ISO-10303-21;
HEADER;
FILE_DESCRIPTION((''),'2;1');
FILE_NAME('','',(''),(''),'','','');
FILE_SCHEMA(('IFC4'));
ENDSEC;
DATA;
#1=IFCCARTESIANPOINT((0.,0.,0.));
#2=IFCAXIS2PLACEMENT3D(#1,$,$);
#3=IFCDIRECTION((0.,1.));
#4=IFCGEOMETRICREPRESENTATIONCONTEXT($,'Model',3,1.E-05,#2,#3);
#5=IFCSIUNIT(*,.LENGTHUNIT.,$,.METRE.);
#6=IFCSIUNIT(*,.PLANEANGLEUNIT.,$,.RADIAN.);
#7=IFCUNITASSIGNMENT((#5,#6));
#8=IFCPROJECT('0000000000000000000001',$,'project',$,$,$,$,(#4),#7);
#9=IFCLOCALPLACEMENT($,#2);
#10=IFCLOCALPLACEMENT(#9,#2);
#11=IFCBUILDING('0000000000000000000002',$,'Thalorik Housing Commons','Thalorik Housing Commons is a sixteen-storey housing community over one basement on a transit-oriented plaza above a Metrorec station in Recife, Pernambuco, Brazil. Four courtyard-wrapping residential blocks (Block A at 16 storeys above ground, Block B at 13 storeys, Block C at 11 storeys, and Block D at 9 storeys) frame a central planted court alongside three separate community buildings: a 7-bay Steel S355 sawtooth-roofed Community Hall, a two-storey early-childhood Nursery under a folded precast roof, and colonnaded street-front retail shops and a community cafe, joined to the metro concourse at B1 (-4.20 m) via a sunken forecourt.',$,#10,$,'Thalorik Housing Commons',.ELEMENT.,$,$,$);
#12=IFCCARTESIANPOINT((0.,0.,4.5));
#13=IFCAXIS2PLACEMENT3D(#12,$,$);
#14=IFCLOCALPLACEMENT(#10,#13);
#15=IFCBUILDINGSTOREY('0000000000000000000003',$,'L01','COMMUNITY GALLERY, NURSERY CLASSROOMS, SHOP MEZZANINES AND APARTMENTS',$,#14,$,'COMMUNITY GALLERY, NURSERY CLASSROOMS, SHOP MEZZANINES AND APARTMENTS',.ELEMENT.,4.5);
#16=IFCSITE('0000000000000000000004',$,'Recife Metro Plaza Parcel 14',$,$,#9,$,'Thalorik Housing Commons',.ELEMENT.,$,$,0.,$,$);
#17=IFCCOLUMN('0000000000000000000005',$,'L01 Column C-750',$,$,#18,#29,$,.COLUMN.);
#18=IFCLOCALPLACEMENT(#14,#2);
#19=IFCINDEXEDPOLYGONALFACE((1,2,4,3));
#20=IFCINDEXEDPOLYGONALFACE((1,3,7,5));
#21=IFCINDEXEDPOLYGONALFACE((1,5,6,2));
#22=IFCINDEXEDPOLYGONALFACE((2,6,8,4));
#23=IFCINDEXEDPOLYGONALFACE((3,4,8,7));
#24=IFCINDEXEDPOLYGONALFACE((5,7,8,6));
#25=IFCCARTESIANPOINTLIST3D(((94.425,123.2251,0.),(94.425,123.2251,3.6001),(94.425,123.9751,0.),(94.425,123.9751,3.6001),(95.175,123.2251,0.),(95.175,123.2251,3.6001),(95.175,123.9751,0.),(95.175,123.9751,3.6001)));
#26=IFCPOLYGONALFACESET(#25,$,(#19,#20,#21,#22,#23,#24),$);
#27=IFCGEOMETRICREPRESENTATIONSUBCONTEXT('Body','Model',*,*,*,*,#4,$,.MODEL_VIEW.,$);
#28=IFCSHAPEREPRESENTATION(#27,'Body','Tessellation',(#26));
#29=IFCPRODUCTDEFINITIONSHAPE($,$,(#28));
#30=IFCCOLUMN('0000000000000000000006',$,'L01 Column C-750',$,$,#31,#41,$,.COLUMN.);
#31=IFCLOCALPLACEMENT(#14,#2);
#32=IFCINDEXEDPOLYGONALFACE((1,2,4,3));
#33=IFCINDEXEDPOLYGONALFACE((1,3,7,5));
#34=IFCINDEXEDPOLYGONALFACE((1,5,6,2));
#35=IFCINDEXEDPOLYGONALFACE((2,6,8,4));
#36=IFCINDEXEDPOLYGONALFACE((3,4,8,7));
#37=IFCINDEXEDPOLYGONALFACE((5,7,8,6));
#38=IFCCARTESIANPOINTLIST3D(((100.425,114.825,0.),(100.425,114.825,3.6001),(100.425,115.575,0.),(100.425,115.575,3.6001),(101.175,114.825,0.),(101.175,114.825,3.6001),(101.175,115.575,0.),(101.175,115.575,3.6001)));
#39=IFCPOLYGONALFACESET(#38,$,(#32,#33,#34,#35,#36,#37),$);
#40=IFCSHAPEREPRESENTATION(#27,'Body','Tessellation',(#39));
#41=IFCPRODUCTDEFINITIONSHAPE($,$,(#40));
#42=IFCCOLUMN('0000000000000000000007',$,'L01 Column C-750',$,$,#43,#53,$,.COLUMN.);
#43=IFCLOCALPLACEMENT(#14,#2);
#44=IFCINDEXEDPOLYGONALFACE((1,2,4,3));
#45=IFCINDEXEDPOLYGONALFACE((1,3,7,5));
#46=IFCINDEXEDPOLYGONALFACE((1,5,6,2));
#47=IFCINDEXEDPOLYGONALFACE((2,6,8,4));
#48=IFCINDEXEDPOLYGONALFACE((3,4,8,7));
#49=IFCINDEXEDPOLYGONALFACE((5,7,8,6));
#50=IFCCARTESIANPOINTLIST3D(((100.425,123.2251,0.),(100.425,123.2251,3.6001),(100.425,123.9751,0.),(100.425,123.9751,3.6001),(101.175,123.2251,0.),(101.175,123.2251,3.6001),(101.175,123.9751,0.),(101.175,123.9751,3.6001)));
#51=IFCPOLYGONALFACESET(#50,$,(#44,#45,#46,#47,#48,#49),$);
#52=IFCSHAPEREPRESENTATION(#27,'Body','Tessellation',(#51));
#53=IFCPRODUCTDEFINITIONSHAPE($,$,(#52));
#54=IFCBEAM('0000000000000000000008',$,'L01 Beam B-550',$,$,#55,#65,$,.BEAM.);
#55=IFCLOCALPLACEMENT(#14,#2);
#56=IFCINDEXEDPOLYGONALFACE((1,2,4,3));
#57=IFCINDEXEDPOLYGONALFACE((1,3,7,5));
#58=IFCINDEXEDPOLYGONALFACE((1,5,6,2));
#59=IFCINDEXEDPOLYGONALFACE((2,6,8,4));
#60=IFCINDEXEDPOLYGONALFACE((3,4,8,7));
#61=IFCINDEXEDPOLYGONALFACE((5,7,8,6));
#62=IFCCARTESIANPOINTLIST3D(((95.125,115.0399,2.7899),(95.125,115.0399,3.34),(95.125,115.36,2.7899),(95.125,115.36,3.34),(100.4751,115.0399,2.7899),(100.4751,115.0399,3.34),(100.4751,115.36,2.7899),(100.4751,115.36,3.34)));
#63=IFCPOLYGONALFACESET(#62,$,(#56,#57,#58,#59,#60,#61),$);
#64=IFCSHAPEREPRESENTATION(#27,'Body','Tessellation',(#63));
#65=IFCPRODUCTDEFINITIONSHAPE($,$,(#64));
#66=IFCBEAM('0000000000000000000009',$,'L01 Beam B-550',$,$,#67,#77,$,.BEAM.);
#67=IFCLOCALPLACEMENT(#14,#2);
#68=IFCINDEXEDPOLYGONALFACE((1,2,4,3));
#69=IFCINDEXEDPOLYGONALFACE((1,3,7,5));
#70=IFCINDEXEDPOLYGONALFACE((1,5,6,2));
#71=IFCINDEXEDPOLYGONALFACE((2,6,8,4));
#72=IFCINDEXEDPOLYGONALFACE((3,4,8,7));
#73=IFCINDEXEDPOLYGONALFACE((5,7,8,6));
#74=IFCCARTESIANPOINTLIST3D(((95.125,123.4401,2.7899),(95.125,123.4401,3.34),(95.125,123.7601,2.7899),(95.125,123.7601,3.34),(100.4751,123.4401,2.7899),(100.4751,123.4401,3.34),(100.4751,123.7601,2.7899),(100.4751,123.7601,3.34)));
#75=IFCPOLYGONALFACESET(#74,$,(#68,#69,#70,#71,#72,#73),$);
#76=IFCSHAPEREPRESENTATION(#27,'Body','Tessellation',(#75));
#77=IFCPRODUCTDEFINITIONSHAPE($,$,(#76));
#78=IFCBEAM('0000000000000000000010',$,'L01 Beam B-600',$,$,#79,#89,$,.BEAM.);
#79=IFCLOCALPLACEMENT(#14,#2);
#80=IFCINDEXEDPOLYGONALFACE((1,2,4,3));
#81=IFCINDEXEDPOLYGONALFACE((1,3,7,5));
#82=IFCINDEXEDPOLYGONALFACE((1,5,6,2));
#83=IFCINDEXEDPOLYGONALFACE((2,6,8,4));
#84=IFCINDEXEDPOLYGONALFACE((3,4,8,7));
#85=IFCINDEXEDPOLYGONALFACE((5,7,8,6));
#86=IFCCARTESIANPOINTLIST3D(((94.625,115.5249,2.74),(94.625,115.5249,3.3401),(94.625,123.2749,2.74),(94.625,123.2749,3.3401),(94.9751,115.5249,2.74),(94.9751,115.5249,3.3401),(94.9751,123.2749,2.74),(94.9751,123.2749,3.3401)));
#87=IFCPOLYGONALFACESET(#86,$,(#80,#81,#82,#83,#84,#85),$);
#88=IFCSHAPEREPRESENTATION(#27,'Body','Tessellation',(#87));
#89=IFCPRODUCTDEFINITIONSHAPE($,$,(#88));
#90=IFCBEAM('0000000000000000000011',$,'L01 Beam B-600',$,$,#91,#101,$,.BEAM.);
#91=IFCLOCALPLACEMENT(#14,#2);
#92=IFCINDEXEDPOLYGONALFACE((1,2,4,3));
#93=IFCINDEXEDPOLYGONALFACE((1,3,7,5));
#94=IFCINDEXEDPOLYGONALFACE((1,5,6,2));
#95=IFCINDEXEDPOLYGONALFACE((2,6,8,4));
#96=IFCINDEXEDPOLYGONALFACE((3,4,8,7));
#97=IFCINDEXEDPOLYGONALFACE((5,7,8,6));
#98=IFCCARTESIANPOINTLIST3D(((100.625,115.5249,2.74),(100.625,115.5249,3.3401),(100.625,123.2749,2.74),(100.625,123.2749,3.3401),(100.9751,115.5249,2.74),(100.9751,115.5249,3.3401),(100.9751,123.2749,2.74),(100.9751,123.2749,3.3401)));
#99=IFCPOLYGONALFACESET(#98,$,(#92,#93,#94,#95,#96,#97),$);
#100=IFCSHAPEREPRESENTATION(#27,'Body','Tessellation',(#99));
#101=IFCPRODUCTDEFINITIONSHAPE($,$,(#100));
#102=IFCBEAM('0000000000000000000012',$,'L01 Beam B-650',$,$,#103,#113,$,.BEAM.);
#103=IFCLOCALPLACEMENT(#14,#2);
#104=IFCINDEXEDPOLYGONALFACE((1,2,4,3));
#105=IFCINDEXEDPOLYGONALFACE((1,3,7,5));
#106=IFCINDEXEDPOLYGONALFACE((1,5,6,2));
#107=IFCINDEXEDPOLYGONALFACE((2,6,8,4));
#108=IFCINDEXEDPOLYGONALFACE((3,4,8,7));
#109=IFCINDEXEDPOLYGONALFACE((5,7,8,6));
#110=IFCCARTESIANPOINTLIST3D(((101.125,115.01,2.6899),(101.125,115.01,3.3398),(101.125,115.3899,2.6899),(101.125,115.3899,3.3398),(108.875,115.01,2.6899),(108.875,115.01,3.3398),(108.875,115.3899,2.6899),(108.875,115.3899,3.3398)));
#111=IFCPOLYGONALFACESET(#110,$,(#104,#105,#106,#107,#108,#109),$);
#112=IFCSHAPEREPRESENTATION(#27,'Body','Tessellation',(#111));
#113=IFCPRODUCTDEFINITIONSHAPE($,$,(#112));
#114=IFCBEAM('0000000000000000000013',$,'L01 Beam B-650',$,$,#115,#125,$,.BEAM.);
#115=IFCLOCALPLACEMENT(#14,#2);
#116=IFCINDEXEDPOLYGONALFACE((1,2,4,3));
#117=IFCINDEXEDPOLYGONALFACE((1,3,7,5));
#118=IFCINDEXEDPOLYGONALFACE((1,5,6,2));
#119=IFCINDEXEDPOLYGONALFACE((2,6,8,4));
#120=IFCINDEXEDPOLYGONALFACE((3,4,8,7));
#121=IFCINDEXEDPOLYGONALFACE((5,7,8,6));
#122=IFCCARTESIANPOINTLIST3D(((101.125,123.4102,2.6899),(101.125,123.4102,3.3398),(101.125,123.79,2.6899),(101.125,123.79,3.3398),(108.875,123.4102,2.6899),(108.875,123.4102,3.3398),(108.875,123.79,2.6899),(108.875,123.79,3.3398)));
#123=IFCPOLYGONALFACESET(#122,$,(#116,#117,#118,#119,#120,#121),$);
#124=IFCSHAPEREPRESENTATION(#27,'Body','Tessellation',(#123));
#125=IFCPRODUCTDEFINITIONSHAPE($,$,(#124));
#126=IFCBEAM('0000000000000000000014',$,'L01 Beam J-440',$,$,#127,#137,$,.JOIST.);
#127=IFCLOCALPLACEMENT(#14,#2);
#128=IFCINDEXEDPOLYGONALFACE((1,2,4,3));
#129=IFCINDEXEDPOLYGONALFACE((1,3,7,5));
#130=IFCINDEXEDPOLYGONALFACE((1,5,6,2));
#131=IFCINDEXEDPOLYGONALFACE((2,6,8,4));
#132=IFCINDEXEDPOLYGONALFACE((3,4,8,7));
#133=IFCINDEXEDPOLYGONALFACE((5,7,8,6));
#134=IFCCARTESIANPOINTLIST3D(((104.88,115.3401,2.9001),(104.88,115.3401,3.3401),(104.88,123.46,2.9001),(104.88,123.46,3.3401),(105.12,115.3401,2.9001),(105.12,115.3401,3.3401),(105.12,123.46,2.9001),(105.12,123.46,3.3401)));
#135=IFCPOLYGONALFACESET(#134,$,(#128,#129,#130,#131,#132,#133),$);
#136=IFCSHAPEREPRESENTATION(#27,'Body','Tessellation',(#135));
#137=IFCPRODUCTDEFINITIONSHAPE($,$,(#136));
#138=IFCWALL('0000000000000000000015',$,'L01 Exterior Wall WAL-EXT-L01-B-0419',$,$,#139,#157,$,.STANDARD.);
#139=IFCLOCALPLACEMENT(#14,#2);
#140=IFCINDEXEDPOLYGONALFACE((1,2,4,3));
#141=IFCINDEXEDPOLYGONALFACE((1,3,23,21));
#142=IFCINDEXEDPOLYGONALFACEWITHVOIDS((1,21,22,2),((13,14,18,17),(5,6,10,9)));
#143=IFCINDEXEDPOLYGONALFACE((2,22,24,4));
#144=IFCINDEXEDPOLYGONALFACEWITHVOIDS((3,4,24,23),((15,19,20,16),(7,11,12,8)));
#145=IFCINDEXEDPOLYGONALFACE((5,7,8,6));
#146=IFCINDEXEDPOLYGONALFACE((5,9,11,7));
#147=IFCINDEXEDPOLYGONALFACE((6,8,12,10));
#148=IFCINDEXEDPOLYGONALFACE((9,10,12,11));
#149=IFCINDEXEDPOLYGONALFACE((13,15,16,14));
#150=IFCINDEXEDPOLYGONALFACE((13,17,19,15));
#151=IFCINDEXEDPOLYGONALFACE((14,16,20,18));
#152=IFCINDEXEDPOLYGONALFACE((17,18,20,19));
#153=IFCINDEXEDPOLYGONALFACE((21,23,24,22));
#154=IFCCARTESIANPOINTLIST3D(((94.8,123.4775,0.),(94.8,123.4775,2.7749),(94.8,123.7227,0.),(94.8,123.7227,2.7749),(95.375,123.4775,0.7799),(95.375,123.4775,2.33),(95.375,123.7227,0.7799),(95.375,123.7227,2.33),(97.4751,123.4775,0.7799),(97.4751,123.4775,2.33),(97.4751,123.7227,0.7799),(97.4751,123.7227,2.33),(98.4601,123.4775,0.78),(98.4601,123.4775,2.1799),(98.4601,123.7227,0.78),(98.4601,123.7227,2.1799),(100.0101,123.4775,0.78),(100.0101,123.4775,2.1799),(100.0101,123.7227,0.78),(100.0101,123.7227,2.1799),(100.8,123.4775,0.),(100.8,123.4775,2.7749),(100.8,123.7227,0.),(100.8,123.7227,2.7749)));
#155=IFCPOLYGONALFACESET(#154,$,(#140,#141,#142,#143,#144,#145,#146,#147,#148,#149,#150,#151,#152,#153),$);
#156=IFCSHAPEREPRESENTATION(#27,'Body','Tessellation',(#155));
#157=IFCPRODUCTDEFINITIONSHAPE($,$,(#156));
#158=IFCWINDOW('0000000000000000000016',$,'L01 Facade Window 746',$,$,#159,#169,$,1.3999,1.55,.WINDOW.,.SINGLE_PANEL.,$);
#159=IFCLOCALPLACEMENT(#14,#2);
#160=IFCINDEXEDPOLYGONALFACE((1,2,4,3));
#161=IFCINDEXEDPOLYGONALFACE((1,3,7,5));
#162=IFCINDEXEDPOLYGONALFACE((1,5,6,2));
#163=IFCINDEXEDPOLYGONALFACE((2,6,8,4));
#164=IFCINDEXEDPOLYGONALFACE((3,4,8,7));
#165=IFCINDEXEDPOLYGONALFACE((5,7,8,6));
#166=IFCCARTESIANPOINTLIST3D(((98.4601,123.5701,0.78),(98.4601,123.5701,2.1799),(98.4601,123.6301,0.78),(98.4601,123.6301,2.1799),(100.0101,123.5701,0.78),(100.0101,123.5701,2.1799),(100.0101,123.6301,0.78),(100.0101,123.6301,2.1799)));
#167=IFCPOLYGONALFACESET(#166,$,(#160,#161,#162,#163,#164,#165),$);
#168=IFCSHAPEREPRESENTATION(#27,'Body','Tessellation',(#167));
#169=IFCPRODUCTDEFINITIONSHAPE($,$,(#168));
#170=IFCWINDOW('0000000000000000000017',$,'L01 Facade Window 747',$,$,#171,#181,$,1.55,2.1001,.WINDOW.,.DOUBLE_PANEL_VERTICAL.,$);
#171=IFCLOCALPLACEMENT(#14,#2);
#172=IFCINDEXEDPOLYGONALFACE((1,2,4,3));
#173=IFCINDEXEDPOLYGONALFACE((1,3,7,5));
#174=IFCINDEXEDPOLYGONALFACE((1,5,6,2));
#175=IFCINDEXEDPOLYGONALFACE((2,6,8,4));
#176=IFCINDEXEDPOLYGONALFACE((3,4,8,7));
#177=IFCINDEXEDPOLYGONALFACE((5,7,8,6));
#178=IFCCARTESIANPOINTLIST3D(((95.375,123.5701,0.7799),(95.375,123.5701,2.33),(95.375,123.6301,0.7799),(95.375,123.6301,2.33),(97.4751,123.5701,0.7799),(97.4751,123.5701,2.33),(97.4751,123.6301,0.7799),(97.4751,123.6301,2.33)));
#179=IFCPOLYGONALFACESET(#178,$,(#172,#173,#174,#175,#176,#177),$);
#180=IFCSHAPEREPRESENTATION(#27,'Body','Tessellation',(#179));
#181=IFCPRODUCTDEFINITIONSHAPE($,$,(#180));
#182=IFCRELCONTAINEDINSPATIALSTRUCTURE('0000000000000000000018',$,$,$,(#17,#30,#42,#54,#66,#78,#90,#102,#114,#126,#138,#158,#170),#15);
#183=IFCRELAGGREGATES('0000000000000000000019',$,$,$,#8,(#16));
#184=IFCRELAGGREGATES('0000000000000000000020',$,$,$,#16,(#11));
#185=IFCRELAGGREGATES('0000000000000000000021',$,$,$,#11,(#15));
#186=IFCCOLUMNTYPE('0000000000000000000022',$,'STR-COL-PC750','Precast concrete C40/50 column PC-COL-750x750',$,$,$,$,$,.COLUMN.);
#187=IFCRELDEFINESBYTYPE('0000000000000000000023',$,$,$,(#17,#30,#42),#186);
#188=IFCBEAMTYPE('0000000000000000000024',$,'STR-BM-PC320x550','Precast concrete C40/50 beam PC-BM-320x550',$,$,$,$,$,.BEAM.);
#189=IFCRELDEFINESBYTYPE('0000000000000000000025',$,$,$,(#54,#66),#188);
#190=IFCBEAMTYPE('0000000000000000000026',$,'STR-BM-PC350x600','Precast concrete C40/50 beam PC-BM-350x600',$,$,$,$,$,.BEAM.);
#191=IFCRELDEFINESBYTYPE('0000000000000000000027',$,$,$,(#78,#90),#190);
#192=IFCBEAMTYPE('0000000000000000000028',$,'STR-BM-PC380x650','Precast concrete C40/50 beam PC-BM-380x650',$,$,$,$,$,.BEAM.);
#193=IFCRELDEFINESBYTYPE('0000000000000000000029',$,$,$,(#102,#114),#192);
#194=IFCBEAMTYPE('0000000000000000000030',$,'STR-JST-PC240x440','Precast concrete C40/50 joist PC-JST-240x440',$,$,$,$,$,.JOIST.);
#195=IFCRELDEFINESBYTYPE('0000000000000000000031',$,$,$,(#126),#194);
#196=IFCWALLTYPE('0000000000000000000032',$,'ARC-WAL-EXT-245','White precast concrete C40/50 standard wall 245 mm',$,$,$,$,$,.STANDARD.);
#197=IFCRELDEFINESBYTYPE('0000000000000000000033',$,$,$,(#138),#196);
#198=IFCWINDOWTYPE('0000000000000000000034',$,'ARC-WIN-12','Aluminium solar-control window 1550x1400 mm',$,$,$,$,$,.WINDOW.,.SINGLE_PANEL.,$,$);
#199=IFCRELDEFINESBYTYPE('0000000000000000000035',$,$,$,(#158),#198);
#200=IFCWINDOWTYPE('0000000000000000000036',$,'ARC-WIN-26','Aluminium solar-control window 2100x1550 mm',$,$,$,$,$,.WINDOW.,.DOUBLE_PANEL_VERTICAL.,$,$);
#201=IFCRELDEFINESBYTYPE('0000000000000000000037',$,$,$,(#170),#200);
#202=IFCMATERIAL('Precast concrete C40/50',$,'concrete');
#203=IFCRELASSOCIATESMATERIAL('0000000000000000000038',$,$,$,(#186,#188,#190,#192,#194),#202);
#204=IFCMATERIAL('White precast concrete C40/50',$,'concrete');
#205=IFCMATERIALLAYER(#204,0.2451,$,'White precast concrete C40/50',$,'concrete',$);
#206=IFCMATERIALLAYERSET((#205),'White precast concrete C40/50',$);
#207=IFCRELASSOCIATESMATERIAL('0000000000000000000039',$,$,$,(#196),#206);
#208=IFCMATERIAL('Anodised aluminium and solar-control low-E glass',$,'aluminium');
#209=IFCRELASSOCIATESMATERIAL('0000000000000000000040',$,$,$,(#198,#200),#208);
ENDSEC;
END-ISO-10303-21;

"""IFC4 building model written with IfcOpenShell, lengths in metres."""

from ifc_helpers import new_model, si_unit, direction, frame, frame_2d, origin, origin_2d, place, context, subcontext, project, spatial, rectangle, extrude, material, layer, layer_set, material_profile, profile_set, type_object, element, fill, save


model = new_model("IFC4")

# Units and contexts
model_context = context("Model", 3, precision=1e-05, world=origin(), true_north=direction((0.0, 1.0)))
body_context = subcontext(model_context, "Body", "Model", "MODEL_VIEW")
ifc_project = project(units=[si_unit("LENGTHUNIT", "METRE"), si_unit("PLANEANGLEUNIT", "RADIAN")], contexts=[model_context])

# Site, building, storey
site_placement = place(None, origin())
site = spatial("IfcSite", under=ifc_project, at=site_placement, Name="Recife Metro Plaza Parcel 14", LongName="Thalorik Housing Commons", CompositionType="ELEMENT", RefElevation=0.0)
building_placement = place(site_placement, origin())
building = spatial("IfcBuilding", under=site, at=building_placement, Name="Thalorik Housing Commons", Description="Thalorik Housing Commons is a sixteen-storey housing community over one basement on a transit-oriented plaza above a Metrorec station in Recife, Pernambuco, Brazil. Four courtyard-wrapping residential blocks (Block A at 16 storeys above ground, Block B at 13 storeys, Block C at 11 storeys, and Block D at 9 storeys) frame a central planted court alongside three separate community buildings: a 7-bay Steel S355 sawtooth-roofed Community Hall, a two-storey early-childhood Nursery under a folded precast roof, and colonnaded street-front retail shops and a community cafe, joined to the metro concourse at B1 (-4.20 m) via a sunken forecourt.", LongName="Thalorik Housing Commons", CompositionType="ELEMENT")
storey_placement = place(building_placement, frame((0.0, 0.0, 4.5)))
storey = spatial("IfcBuildingStorey", under=building, at=storey_placement, Name="L01", Description="COMMUNITY GALLERY, NURSERY CLASSROOMS, SHOP MEZZANINES AND APARTMENTS", LongName="COMMUNITY GALLERY, NURSERY CLASSROOMS, SHOP MEZZANINES AND APARTMENTS", CompositionType="ELEMENT", Elevation=4.5)

# Columns
ifc_material_1 = material(Name="Precast concrete C40/50", Category="concrete")
ifc_material_profile_1 = material_profile(ifc_material_1, rectangle(XDim=0.75, YDim=0.75, at=origin_2d()), Name="PC 750x750", Category="concrete")
ifc_profile_set_1 = profile_set([ifc_material_profile_1], Name="Precast concrete C40/50")
column_type = type_object("IfcColumnType", Name="STR-COL-PC750", Description="Precast concrete C40/50 column PC-COL-750x750", PredefinedType="COLUMN", material=ifc_profile_set_1)
for number, where, z_axis, x_axis, name in (
    (1, (94.8, 123.6001, 0.0), (0.0, 0.0, 1.0), (1.0, 0.0, 0.0), "L01 Column C-750"),
    (2, (100.8, 115.2, 0.0), (0.0, 0.0, 1.0), (1.0, 0.0, 0.0), "L01 Column C-750"),
    (3, (100.8, 123.6001, 0.0), (0.0, 0.0, 1.0), (1.0, 0.0, 0.0), "L01 Column C-750"),
):
    element("IfcColumn", number, at=place(storey_placement, frame(where, z_axis=z_axis, x_axis=x_axis)), inside=storey, type_object=column_type, Name=name, PredefinedType="COLUMN", context=body_context, shape_type="SweptSolid", body=[
        extrude(rectangle(XDim=0.75, YDim=0.75, at=origin_2d()), origin(), (0.0, 0.0, 1.0), 3.6001),
    ])

# Beams
ifc_material_profile_2 = material_profile(ifc_material_1, rectangle(XDim=0.3201, YDim=0.55, at=origin_2d()), Name="PC 320x550", Category="concrete")
ifc_profile_set_2 = profile_set([ifc_material_profile_2], Name="Precast concrete C40/50")
beam_type_1 = type_object("IfcBeamType", Name="STR-BM-PC320x550", Description="Precast concrete C40/50 beam PC-BM-320x550", PredefinedType="BEAM", material=ifc_profile_set_2)
for number, where, z_axis, x_axis, name in (
    (4, (95.125, 115.2, 3.0649), (1.0, 0.0, 0.0), (0.0, 1.0, 0.0), "L01 Beam B-550"),
    (5, (95.125, 123.6001, 3.0649), (1.0, 0.0, 0.0), (0.0, 1.0, 0.0), "L01 Beam B-550"),
):
    element("IfcBeam", number, at=place(storey_placement, frame(where, z_axis=z_axis, x_axis=x_axis)), inside=storey, type_object=beam_type_1, Name=name, PredefinedType="BEAM", context=body_context, shape_type="SweptSolid", body=[
        extrude(rectangle(XDim=0.3201, YDim=0.55, at=origin_2d()), origin(), (0.0, 0.0, 1.0), 5.3501),
    ])
ifc_material_profile_3 = material_profile(ifc_material_1, rectangle(XDim=0.3501, YDim=0.6001, at=origin_2d()), Name="PC 350x600", Category="concrete")
ifc_profile_set_3 = profile_set([ifc_material_profile_3], Name="Precast concrete C40/50")
beam_type_2 = type_object("IfcBeamType", Name="STR-BM-PC350x600", Description="Precast concrete C40/50 beam PC-BM-350x600", PredefinedType="BEAM", material=ifc_profile_set_3)
for number, where, z_axis, x_axis, name in (
    (6, (94.8, 115.5249, 3.04), (0.0, 1.0, 0.0), (-1.0, 0.0, 0.0), "L01 Beam B-600"),
    (7, (100.8, 115.5249, 3.04), (0.0, 1.0, 0.0), (-1.0, 0.0, 0.0), "L01 Beam B-600"),
):
    element("IfcBeam", number, at=place(storey_placement, frame(where, z_axis=z_axis, x_axis=x_axis)), inside=storey, type_object=beam_type_2, Name=name, PredefinedType="BEAM", context=body_context, shape_type="SweptSolid", body=[
        extrude(rectangle(XDim=0.3501, YDim=0.6001, at=origin_2d()), origin(), (0.0, 0.0, 1.0), 7.75),
    ])
ifc_material_profile_4 = material_profile(ifc_material_1, rectangle(XDim=0.3799, YDim=0.6499, at=origin_2d()), Name="PC 380x650", Category="concrete")
ifc_profile_set_4 = profile_set([ifc_material_profile_4], Name="Precast concrete C40/50")
beam_type_3 = type_object("IfcBeamType", Name="STR-BM-PC380x650", Description="Precast concrete C40/50 beam PC-BM-380x650", PredefinedType="BEAM", material=ifc_profile_set_4)
for number, where, z_axis, x_axis, name in (
    (8, (101.125, 115.2, 3.0149), (1.0, 0.0, 0.0), (0.0, 1.0, 0.0), "L01 Beam B-650"),
    (9, (101.125, 123.6001, 3.0149), (1.0, 0.0, 0.0), (0.0, 1.0, 0.0), "L01 Beam B-650"),
):
    element("IfcBeam", number, at=place(storey_placement, frame(where, z_axis=z_axis, x_axis=x_axis)), inside=storey, type_object=beam_type_3, Name=name, PredefinedType="BEAM", context=body_context, shape_type="SweptSolid", body=[
        extrude(rectangle(XDim=0.3799, YDim=0.6499, at=origin_2d()), origin(), (0.0, 0.0, 1.0), 7.75),
    ])
ifc_material_profile_5 = material_profile(ifc_material_1, rectangle(XDim=0.24, YDim=0.4399, at=origin_2d()), Name="PC JST 240x440", Category="concrete")
ifc_profile_set_5 = profile_set([ifc_material_profile_5], Name="Precast concrete C40/50")
beam_type_4 = type_object("IfcBeamType", Name="STR-JST-PC240x440", Description="Precast concrete C40/50 joist PC-JST-240x440", PredefinedType="JOIST", material=ifc_profile_set_5)
beam_placement = place(storey_placement, frame((105.0, 115.3401, 3.1201), z_axis=(0.0, 1.0, 0.0), x_axis=(-1.0, 0.0, 0.0)))
element("IfcBeam", 10, at=beam_placement, inside=storey, type_object=beam_type_4, Name="L01 Beam J-440", PredefinedType="JOIST", context=body_context, shape_type="SweptSolid", body=[
    extrude(rectangle(XDim=0.24, YDim=0.4399, at=origin_2d()), origin(), (0.0, 0.0, 1.0), 8.1199),
])

# Wall, openings, windows
ifc_material_2 = material(Name="White precast concrete C40/50", Category="concrete")
ifc_layer_1 = layer(ifc_material_2, 0.2451, Name="White precast concrete C40/50", Category="concrete")
ifc_layer_set_1 = layer_set([ifc_layer_1], Name="White precast concrete C40/50")
wall_type_1 = type_object("IfcWallType", Name="ARC-WAL-EXT-245", Description="White precast concrete C40/50 standard wall 245 mm", PredefinedType="STANDARD", material=ifc_layer_set_1)
wall_1_placement = place(storey_placement, frame((100.8, 123.6001, 0.0), z_axis=(0.0, 0.0, 1.0), x_axis=(-1.0, 0.0, 0.0)))
wall_1 = element("IfcWall", 11, at=wall_1_placement, inside=storey, type_object=wall_type_1, Name="L01 Exterior Wall WAL-EXT-L01-B-0419", PredefinedType="STANDARD", context=body_context, shape_type="SweptSolid", body=[
    extrude(rectangle(XDim=6.0, YDim=0.2451, at=frame_2d((3.0, 0.0))), origin(), (0.0, 0.0, 1.0), 2.7749),
])
opening_1_placement = place(wall_1_placement, frame((0.79, 0.0, 0.78)))
opening_1 = element("IfcOpeningElement", 12, at=opening_1_placement, cuts=wall_1, PredefinedType="OPENING", context=body_context, shape_type="SweptSolid", body=[
    extrude(rectangle(XDim=1.55, YDim=1.3999, at=frame_2d((0.7749, 0.7))), frame((0.0, 0.1326, 0.0), z_axis=(0.0, -1.0, 0.0), x_axis=(1.0, 0.0, 0.0)), (0.0, 0.0, 1.0), 0.2651),
])
opening_2_placement = place(wall_1_placement, frame((3.325, 0.0, 0.78)))
opening_2 = element("IfcOpeningElement", 13, at=opening_2_placement, cuts=wall_1, PredefinedType="OPENING", context=body_context, shape_type="SweptSolid", body=[
    extrude(rectangle(XDim=2.1001, YDim=1.55, at=frame_2d((1.05, 0.7749))), frame((0.0, 0.1326, 0.0), z_axis=(0.0, -1.0, 0.0), x_axis=(1.0, 0.0, 0.0)), (0.0, 0.0, 1.0), 0.2651),
])
ifc_material_3 = material(Name="Anodised aluminium and solar-control low-E glass", Category="aluminium")
window_type_1 = type_object("IfcWindowType", Name="ARC-WIN-12", Description="Aluminium solar-control window 1550x1400 mm", PartitioningType="SINGLE_PANEL", PredefinedType="WINDOW", material=ifc_material_3)
window_1_placement = place(opening_1_placement, origin())
window_1 = element("IfcWindow", 14, at=window_1_placement, inside=storey, type_object=window_type_1, Name="L01 Facade Window 746", OverallHeight=1.3999, OverallWidth=1.55, PartitioningType="SINGLE_PANEL", PredefinedType="WINDOW", context=body_context, shape_type="SweptSolid", body=[
    extrude(rectangle(XDim=1.55, YDim=1.3999, at=frame_2d((0.7749, 0.7))), frame((0.0, 0.03, 0.0), z_axis=(0.0, -1.0, 0.0), x_axis=(1.0, 0.0, 0.0)), (0.0, 0.0, 1.0), 0.0601),
])
fill(opening_1, window_1)
window_type_2 = type_object("IfcWindowType", Name="ARC-WIN-26", Description="Aluminium solar-control window 2100x1550 mm", PartitioningType="DOUBLE_PANEL_VERTICAL", PredefinedType="WINDOW", material=ifc_material_3)
window_2_placement = place(opening_2_placement, origin())
window_2 = element("IfcWindow", 15, at=window_2_placement, inside=storey, type_object=window_type_2, Name="L01 Facade Window 747", OverallHeight=1.55, OverallWidth=2.1001, PartitioningType="DOUBLE_PANEL_VERTICAL", PredefinedType="WINDOW", context=body_context, shape_type="SweptSolid", body=[
    extrude(rectangle(XDim=2.1001, YDim=1.55, at=frame_2d((1.05, 0.7749))), frame((0.0, 0.03, 0.0), z_axis=(0.0, -1.0, 0.0), x_axis=(1.0, 0.0, 0.0)), (0.0, 0.0, 1.0), 0.0601),
])
fill(opening_2, window_2)

save(model, "model.ifc")
